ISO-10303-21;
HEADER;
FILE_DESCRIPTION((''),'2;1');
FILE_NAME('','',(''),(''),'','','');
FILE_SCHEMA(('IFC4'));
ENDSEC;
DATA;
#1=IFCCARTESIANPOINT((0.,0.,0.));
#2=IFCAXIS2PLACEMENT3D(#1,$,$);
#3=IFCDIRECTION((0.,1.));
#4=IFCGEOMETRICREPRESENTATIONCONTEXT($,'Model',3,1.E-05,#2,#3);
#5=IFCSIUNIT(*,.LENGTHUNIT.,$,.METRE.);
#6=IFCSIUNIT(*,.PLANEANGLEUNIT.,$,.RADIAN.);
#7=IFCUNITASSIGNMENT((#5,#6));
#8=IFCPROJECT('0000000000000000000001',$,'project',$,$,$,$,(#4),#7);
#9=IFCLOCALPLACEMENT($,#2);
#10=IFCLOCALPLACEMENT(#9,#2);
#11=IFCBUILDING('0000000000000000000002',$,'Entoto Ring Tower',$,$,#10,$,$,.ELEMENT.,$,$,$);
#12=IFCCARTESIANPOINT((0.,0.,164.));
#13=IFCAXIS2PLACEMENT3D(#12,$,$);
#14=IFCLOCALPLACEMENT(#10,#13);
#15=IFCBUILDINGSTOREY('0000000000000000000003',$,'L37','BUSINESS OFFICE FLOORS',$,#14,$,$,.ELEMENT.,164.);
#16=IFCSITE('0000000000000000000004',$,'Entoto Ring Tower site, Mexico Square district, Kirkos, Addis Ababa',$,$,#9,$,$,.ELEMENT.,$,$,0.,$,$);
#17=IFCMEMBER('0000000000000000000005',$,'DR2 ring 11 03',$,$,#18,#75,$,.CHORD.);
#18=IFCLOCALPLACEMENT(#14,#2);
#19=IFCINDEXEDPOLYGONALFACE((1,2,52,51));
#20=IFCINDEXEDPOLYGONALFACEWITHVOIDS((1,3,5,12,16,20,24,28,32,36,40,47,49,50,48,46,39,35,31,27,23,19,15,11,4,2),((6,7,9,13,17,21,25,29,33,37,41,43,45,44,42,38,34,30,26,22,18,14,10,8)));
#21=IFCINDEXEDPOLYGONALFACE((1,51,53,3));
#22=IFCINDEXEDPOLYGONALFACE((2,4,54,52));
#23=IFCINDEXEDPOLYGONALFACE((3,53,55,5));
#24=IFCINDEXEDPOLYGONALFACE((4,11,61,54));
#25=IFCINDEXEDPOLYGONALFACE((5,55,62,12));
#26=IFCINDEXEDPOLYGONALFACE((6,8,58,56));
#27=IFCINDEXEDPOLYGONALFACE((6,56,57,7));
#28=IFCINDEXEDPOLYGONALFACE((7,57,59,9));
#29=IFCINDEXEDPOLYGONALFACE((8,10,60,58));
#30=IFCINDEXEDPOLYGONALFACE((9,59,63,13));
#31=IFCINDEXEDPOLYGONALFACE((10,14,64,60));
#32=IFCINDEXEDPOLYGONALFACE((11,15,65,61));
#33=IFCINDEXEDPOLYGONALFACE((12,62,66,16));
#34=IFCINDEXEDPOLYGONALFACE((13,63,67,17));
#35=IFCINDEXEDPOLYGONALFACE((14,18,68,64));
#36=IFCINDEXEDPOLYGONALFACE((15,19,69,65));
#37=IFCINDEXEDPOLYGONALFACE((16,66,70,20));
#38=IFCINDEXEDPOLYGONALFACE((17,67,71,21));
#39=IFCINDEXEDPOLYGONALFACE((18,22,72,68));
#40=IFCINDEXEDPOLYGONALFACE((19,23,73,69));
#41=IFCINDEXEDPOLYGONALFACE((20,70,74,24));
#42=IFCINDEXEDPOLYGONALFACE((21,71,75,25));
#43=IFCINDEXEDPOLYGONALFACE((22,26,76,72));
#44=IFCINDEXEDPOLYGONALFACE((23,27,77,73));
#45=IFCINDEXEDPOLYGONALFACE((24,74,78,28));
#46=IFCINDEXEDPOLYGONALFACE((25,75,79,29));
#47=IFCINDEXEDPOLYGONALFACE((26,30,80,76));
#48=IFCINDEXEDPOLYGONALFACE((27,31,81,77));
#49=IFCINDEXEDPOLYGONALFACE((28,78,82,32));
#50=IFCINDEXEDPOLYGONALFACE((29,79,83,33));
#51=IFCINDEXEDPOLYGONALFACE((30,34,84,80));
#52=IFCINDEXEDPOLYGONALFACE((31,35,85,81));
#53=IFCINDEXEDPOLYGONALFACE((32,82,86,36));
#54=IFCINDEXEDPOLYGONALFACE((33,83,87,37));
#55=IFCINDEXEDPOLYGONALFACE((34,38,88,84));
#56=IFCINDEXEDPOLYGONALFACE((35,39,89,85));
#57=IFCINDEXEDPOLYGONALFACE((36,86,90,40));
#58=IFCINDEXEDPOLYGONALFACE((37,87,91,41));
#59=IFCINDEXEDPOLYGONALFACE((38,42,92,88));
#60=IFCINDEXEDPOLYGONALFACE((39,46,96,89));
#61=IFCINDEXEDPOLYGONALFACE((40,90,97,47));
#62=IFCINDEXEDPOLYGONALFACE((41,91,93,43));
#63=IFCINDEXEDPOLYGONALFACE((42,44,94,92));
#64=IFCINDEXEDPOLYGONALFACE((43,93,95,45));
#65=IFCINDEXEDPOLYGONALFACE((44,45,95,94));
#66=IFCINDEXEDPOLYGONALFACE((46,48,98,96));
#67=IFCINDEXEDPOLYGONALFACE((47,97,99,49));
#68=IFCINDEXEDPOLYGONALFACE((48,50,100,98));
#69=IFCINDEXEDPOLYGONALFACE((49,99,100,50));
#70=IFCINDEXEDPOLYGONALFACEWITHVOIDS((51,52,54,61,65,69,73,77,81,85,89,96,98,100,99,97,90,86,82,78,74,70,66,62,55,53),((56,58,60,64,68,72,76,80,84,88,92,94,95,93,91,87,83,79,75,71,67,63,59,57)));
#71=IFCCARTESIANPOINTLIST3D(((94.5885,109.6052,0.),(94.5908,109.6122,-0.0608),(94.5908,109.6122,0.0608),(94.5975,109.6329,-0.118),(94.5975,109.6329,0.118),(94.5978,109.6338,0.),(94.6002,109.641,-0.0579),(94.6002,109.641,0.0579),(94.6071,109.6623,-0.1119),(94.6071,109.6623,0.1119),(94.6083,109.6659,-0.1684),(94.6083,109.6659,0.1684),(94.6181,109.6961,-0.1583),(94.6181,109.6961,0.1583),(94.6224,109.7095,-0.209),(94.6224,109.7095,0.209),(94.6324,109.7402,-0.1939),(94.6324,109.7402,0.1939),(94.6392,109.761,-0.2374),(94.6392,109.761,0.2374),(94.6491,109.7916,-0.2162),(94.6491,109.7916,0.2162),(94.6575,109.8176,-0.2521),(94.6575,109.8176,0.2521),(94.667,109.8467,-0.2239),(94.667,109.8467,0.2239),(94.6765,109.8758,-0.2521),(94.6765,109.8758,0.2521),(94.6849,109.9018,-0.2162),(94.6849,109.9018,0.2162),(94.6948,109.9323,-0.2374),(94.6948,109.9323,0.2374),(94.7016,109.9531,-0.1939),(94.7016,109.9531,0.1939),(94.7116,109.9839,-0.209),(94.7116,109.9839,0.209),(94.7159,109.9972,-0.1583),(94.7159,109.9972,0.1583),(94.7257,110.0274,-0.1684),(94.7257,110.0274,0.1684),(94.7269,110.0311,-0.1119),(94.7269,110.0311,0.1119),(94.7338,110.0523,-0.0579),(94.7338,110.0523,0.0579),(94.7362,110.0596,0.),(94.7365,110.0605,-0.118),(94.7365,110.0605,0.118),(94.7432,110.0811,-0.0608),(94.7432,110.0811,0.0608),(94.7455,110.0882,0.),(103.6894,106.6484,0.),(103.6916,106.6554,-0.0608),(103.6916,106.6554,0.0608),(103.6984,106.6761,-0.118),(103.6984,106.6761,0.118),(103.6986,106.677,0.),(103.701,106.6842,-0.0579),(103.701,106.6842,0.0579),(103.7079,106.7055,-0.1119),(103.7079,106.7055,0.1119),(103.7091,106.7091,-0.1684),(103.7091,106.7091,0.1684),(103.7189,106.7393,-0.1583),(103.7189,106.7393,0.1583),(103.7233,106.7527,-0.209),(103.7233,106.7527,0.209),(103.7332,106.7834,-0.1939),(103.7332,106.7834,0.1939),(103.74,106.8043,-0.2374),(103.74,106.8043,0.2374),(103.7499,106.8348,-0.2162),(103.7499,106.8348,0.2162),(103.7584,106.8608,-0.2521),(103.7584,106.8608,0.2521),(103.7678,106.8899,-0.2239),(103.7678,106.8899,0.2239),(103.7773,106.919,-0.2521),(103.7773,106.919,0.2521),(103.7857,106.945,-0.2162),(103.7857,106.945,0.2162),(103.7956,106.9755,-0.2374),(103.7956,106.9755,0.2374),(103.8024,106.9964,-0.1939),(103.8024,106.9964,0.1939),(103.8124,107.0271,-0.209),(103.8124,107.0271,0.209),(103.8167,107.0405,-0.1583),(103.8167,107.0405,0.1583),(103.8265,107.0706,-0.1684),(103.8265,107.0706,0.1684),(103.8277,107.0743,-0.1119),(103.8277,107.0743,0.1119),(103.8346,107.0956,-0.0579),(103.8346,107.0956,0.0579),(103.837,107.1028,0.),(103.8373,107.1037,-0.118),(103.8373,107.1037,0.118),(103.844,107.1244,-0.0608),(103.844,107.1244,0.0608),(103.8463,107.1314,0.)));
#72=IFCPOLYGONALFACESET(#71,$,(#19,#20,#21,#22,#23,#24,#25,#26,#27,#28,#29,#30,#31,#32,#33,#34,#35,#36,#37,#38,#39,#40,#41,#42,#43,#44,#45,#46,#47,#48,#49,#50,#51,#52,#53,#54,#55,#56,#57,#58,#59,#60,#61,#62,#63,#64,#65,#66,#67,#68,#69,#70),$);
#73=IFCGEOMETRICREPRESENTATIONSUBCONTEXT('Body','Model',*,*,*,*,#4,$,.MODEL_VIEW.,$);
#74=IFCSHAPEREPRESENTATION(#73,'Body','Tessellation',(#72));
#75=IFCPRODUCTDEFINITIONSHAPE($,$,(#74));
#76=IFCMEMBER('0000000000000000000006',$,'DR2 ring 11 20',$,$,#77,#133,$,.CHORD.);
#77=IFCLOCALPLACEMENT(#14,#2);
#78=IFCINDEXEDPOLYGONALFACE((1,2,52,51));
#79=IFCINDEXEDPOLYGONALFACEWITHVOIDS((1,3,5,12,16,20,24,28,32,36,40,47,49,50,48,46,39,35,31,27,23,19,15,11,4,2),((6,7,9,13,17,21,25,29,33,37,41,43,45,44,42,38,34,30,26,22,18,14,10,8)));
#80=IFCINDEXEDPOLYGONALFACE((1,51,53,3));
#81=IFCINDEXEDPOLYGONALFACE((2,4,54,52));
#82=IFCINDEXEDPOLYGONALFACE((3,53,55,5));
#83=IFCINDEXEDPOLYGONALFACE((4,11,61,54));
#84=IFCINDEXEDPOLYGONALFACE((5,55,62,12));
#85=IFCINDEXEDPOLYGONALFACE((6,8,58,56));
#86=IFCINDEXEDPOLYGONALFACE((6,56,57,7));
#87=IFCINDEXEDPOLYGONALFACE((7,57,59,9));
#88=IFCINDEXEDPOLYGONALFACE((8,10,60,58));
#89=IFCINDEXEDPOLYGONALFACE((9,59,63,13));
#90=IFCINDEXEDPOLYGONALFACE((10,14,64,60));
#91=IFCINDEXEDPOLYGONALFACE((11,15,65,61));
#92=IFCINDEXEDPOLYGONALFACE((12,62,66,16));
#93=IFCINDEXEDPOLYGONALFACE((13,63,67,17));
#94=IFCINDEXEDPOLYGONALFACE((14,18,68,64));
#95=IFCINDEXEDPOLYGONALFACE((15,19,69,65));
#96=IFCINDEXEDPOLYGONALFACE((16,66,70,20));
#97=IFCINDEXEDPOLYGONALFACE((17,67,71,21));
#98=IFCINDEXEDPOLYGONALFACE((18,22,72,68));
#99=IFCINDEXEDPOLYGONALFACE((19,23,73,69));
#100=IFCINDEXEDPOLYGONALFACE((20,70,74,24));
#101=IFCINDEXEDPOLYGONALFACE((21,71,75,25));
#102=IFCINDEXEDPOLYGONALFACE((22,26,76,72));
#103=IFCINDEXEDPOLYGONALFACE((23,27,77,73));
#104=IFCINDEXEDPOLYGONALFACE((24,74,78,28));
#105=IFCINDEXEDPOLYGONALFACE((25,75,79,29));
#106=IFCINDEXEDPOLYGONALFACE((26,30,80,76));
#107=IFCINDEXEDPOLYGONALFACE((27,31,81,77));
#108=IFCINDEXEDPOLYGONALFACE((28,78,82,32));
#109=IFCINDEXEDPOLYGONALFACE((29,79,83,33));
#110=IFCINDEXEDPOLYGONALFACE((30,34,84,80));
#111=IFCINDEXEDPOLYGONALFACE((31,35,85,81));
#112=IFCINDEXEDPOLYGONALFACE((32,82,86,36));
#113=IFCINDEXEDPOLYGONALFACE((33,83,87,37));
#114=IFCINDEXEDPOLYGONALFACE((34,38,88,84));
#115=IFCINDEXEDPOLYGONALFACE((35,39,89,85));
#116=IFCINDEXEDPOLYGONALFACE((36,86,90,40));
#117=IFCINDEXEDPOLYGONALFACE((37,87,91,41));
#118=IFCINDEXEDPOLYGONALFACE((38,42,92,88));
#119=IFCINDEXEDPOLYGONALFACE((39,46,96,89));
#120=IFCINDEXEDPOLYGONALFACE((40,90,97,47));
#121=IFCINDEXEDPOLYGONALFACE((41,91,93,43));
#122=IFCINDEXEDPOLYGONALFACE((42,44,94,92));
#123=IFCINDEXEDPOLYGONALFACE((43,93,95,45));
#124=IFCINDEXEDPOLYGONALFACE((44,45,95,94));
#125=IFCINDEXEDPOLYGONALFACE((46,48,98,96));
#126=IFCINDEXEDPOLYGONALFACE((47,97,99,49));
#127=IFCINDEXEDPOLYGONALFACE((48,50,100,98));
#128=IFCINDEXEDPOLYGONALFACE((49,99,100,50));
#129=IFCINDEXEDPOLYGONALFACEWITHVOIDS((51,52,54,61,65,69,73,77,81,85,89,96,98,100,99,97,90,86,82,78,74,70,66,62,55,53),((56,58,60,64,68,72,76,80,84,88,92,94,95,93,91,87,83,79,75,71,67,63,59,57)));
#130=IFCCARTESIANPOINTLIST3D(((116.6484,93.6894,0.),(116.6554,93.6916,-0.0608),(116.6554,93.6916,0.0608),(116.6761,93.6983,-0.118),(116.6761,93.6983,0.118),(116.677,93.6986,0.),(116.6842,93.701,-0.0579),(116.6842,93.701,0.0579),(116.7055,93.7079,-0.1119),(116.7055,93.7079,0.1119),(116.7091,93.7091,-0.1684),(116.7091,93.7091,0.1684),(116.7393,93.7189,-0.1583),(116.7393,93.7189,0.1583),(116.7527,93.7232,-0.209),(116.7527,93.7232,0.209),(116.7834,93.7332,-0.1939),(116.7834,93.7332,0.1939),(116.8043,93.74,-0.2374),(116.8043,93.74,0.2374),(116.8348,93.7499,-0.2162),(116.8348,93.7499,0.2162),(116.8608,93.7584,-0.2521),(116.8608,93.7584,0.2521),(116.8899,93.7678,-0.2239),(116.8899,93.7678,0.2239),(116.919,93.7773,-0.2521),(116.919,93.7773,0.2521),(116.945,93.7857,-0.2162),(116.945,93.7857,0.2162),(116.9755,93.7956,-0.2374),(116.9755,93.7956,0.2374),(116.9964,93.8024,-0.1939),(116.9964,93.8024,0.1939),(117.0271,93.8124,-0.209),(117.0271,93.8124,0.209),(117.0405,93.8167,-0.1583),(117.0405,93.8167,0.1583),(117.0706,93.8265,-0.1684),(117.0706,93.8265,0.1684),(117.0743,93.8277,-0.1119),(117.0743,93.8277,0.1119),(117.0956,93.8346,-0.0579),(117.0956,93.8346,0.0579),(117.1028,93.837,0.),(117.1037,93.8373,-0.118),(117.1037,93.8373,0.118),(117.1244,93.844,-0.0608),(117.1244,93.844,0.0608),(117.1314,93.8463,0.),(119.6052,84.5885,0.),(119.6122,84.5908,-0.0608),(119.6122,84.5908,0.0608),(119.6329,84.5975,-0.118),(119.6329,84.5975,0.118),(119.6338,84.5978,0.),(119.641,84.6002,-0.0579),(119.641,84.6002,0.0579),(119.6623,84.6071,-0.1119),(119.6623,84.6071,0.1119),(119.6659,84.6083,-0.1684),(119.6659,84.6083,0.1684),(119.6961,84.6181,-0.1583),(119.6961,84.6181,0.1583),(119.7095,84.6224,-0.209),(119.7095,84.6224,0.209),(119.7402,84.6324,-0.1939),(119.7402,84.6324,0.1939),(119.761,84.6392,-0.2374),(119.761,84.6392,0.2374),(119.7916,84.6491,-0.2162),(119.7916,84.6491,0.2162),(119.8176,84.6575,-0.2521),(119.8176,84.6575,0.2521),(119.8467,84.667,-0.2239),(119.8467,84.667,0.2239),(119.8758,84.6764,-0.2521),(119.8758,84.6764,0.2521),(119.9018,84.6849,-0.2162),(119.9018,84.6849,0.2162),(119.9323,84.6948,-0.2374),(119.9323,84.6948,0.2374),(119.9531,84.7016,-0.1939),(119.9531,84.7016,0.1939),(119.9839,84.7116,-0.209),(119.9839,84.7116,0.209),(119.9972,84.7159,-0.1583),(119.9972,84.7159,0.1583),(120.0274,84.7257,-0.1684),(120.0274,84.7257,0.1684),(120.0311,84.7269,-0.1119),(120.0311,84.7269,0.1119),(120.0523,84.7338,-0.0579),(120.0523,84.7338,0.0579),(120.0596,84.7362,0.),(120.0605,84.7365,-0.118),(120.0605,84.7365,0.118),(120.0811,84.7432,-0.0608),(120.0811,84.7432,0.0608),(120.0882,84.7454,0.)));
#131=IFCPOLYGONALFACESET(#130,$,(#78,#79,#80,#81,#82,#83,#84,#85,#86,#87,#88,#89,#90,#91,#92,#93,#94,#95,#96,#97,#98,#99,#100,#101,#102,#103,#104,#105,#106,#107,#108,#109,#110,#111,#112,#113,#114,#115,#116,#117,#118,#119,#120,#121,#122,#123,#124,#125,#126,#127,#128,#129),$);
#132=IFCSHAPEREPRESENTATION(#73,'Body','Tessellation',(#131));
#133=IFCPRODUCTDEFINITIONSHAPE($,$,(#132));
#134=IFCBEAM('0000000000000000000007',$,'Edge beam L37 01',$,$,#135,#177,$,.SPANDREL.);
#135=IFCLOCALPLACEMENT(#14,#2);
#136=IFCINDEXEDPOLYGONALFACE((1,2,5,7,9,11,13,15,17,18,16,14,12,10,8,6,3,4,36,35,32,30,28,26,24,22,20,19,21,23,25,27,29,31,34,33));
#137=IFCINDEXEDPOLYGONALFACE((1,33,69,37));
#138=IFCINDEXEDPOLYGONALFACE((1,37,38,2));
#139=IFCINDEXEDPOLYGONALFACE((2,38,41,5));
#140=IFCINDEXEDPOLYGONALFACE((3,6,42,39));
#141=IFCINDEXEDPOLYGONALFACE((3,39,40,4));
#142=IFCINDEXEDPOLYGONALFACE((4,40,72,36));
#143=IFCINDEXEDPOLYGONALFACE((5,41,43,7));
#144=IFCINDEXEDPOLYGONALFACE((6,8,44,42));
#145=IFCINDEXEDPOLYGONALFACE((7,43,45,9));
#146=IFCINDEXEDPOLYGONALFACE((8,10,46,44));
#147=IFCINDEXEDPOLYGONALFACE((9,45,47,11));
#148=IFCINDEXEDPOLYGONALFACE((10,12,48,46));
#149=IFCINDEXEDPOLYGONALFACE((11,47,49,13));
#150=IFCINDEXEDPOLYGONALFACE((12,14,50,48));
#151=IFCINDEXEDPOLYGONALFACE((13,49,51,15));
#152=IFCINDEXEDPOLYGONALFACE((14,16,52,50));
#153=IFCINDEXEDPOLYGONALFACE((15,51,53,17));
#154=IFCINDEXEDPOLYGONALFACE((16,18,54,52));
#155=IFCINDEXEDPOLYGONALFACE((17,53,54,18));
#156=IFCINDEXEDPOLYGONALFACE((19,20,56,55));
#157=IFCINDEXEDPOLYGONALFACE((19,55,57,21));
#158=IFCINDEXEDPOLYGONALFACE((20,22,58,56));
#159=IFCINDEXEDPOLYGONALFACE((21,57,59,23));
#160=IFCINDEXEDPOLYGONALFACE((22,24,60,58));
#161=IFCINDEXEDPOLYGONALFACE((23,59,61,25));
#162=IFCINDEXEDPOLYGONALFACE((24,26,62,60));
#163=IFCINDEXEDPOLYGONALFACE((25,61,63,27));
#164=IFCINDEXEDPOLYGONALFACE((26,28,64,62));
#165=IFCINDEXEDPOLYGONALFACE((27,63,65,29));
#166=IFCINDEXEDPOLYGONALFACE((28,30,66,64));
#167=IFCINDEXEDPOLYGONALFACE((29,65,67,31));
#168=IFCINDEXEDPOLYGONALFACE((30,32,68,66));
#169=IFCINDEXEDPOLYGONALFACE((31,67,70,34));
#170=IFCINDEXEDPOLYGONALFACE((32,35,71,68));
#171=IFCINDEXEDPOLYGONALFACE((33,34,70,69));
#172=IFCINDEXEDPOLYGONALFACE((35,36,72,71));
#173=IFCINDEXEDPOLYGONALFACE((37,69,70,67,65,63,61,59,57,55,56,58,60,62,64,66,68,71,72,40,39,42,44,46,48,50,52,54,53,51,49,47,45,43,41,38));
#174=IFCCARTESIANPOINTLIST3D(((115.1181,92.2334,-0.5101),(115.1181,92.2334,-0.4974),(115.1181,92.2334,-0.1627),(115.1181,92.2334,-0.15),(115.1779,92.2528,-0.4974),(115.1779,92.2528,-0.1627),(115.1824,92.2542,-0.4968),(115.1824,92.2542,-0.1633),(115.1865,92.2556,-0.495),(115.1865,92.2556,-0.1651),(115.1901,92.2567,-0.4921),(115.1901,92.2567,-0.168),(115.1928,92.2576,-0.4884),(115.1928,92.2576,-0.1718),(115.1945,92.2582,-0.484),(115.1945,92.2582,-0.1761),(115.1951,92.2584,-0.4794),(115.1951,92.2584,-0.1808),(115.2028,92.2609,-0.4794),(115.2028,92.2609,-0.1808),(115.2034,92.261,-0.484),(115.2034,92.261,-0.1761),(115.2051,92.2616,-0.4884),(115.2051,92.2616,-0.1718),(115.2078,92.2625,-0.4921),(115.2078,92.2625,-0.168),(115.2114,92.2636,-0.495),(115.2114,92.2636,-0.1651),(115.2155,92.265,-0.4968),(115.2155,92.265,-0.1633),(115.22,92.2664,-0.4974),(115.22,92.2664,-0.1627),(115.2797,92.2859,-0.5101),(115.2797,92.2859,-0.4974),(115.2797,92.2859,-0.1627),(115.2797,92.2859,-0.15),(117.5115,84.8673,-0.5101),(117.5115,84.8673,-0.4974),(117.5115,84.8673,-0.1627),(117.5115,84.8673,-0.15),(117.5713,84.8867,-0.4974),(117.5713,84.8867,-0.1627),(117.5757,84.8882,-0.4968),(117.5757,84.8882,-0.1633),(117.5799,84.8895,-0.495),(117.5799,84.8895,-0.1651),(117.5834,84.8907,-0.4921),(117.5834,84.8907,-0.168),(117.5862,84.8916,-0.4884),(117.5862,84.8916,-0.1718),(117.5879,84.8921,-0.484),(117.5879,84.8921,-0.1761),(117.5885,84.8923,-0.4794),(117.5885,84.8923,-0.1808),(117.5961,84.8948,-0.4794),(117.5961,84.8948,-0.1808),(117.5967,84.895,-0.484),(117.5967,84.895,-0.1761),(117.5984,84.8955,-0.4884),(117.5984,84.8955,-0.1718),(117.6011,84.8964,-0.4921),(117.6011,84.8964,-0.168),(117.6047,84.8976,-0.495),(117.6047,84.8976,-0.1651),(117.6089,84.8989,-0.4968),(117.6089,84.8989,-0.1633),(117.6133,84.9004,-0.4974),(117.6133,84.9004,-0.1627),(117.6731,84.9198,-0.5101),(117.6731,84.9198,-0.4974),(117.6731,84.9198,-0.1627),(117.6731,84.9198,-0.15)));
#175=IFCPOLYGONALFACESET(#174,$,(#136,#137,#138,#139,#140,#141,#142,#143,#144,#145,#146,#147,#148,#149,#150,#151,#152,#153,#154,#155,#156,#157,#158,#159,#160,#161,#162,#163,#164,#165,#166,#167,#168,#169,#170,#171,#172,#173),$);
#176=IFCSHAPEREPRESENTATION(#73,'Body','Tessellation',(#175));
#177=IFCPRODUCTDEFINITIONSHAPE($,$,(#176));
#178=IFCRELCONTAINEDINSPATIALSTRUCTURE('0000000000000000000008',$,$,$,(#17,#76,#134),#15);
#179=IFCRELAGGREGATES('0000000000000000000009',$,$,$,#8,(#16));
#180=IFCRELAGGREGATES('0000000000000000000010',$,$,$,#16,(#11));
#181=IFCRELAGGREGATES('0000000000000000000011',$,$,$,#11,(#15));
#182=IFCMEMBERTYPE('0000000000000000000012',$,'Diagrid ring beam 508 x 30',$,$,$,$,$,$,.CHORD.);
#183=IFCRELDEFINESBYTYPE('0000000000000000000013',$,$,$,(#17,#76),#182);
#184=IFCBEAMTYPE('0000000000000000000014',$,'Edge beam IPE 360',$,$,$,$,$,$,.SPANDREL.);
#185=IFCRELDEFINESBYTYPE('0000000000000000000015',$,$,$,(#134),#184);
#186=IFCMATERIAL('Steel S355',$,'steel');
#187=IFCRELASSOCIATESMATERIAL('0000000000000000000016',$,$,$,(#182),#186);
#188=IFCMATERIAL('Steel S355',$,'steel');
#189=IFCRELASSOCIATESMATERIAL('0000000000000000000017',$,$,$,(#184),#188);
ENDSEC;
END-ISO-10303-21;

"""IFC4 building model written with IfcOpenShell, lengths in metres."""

from ifc_helpers import new_model, si_unit, direction, frame, origin, origin_2d, place, context, subcontext, project, spatial, circle, hollow_circle, i_section, extrude, material, material_profile, profile_set, type_object, element, save


model = new_model("IFC4")

# Units and contexts
model_context = context("Model", 3, precision=1e-05, world=origin(), true_north=direction((0.0, 1.0)))
body_context = subcontext(model_context, "Body", "Model", "MODEL_VIEW")
ifc_project = project(units=[si_unit("LENGTHUNIT", "METRE"), si_unit("PLANEANGLEUNIT", "RADIAN")], contexts=[model_context])

# Site, building, storey
site_placement = place(None, origin())
site = spatial("IfcSite", under=ifc_project, at=site_placement, Name="Entoto Ring Tower site, Mexico Square district, Kirkos, Addis Ababa", CompositionType="ELEMENT", RefElevation=0.0)
building_placement = place(site_placement, origin())
building = spatial("IfcBuilding", under=site, at=building_placement, Name="Entoto Ring Tower", CompositionType="ELEMENT")
storey_placement = place(building_placement, frame((0.0, 0.0, 164.0)))
storey = spatial("IfcBuildingStorey", under=building, at=storey_placement, Name="L37", Description="BUSINESS OFFICE FLOORS", CompositionType="ELEMENT", Elevation=164.0)

# Members
ifc_material_1 = material(Name="Steel S355", Category="steel")
ifc_material_profile_1 = material_profile(ifc_material_1, hollow_circle(Radius=0.2539, WallThickness=0.03, at=origin_2d()), Name="CHS 508 x 30")
ifc_material_2 = material(Name="Concrete C60/75", Category="concrete")
ifc_material_profile_2 = material_profile(ifc_material_2, circle(Radius=0.2241, at=origin_2d()), Name="Concrete C60/75 infill")
ifc_profile_set_1 = profile_set([ifc_material_profile_1, ifc_material_profile_2], Name="Steel S355")
member_type_1 = type_object("IfcMemberType", Name="Diagrid ring beam 508 x 30", PredefinedType="CHORD", material=ifc_profile_set_1)
for number, where, z_axis, x_axis, name in (
    (1, (103.7678, 106.8899, 0.0), (-0.951064, 0.308993, 0.0), (-0.308993, -0.951064, 0.0), "DR2 ring 11 03"),
    (2, (119.8467, 84.667, 0.0), (-0.308993, 0.951064, 0.0), (-0.951064, -0.308993, 0.0), "DR2 ring 11 20"),
):
    element("IfcMember", number, at=place(storey_placement, frame(where, z_axis=z_axis, x_axis=x_axis)), inside=storey, type_object=member_type_1, Name=name, PredefinedType="CHORD", context=body_context, shape_type="SweptSolid", body=[
        extrude(hollow_circle(Radius=0.2539, WallThickness=0.03, at=origin_2d()), origin(), (0.0, 0.0, 1.0), 9.5691),
    ])

# Beam
ifc_material_3 = material(Name="Steel S355", Category="steel")
ifc_material_profile_3 = material_profile(ifc_material_3, i_section(OverallWidth=0.1699, OverallDepth=0.3601, WebThickness=0.0081, FlangeThickness=0.0127, FilletRadius=0.0181, at=origin_2d()), Name="IPE 360")
ifc_profile_set_2 = profile_set([ifc_material_profile_3], Name="Steel S355")
beam_type_1 = type_object("IfcBeamType", Name="Edge beam IPE 360", PredefinedType="SPANDREL", material=ifc_profile_set_2)
for number, where, z_axis, x_axis, name in (
    (3, (117.5923, 84.8936, -0.3301), (-0.309013, 0.951058, 0.0), (-0.951058, -0.309013, 0.0), "Edge beam L37 01"),
):
    element("IfcBeam", number, at=place(storey_placement, frame(where, z_axis=z_axis, x_axis=x_axis)), inside=storey, type_object=beam_type_1, Name=name, PredefinedType="SPANDREL", context=body_context, shape_type="SweptSolid", body=[
        extrude(i_section(OverallWidth=0.1699, OverallDepth=0.3601, WebThickness=0.0081, FlangeThickness=0.0127, FilletRadius=0.0181, at=origin_2d()), origin(), (0.0, 0.0, 1.0), 7.7451),
    ])

save(model, "model.ifc")
